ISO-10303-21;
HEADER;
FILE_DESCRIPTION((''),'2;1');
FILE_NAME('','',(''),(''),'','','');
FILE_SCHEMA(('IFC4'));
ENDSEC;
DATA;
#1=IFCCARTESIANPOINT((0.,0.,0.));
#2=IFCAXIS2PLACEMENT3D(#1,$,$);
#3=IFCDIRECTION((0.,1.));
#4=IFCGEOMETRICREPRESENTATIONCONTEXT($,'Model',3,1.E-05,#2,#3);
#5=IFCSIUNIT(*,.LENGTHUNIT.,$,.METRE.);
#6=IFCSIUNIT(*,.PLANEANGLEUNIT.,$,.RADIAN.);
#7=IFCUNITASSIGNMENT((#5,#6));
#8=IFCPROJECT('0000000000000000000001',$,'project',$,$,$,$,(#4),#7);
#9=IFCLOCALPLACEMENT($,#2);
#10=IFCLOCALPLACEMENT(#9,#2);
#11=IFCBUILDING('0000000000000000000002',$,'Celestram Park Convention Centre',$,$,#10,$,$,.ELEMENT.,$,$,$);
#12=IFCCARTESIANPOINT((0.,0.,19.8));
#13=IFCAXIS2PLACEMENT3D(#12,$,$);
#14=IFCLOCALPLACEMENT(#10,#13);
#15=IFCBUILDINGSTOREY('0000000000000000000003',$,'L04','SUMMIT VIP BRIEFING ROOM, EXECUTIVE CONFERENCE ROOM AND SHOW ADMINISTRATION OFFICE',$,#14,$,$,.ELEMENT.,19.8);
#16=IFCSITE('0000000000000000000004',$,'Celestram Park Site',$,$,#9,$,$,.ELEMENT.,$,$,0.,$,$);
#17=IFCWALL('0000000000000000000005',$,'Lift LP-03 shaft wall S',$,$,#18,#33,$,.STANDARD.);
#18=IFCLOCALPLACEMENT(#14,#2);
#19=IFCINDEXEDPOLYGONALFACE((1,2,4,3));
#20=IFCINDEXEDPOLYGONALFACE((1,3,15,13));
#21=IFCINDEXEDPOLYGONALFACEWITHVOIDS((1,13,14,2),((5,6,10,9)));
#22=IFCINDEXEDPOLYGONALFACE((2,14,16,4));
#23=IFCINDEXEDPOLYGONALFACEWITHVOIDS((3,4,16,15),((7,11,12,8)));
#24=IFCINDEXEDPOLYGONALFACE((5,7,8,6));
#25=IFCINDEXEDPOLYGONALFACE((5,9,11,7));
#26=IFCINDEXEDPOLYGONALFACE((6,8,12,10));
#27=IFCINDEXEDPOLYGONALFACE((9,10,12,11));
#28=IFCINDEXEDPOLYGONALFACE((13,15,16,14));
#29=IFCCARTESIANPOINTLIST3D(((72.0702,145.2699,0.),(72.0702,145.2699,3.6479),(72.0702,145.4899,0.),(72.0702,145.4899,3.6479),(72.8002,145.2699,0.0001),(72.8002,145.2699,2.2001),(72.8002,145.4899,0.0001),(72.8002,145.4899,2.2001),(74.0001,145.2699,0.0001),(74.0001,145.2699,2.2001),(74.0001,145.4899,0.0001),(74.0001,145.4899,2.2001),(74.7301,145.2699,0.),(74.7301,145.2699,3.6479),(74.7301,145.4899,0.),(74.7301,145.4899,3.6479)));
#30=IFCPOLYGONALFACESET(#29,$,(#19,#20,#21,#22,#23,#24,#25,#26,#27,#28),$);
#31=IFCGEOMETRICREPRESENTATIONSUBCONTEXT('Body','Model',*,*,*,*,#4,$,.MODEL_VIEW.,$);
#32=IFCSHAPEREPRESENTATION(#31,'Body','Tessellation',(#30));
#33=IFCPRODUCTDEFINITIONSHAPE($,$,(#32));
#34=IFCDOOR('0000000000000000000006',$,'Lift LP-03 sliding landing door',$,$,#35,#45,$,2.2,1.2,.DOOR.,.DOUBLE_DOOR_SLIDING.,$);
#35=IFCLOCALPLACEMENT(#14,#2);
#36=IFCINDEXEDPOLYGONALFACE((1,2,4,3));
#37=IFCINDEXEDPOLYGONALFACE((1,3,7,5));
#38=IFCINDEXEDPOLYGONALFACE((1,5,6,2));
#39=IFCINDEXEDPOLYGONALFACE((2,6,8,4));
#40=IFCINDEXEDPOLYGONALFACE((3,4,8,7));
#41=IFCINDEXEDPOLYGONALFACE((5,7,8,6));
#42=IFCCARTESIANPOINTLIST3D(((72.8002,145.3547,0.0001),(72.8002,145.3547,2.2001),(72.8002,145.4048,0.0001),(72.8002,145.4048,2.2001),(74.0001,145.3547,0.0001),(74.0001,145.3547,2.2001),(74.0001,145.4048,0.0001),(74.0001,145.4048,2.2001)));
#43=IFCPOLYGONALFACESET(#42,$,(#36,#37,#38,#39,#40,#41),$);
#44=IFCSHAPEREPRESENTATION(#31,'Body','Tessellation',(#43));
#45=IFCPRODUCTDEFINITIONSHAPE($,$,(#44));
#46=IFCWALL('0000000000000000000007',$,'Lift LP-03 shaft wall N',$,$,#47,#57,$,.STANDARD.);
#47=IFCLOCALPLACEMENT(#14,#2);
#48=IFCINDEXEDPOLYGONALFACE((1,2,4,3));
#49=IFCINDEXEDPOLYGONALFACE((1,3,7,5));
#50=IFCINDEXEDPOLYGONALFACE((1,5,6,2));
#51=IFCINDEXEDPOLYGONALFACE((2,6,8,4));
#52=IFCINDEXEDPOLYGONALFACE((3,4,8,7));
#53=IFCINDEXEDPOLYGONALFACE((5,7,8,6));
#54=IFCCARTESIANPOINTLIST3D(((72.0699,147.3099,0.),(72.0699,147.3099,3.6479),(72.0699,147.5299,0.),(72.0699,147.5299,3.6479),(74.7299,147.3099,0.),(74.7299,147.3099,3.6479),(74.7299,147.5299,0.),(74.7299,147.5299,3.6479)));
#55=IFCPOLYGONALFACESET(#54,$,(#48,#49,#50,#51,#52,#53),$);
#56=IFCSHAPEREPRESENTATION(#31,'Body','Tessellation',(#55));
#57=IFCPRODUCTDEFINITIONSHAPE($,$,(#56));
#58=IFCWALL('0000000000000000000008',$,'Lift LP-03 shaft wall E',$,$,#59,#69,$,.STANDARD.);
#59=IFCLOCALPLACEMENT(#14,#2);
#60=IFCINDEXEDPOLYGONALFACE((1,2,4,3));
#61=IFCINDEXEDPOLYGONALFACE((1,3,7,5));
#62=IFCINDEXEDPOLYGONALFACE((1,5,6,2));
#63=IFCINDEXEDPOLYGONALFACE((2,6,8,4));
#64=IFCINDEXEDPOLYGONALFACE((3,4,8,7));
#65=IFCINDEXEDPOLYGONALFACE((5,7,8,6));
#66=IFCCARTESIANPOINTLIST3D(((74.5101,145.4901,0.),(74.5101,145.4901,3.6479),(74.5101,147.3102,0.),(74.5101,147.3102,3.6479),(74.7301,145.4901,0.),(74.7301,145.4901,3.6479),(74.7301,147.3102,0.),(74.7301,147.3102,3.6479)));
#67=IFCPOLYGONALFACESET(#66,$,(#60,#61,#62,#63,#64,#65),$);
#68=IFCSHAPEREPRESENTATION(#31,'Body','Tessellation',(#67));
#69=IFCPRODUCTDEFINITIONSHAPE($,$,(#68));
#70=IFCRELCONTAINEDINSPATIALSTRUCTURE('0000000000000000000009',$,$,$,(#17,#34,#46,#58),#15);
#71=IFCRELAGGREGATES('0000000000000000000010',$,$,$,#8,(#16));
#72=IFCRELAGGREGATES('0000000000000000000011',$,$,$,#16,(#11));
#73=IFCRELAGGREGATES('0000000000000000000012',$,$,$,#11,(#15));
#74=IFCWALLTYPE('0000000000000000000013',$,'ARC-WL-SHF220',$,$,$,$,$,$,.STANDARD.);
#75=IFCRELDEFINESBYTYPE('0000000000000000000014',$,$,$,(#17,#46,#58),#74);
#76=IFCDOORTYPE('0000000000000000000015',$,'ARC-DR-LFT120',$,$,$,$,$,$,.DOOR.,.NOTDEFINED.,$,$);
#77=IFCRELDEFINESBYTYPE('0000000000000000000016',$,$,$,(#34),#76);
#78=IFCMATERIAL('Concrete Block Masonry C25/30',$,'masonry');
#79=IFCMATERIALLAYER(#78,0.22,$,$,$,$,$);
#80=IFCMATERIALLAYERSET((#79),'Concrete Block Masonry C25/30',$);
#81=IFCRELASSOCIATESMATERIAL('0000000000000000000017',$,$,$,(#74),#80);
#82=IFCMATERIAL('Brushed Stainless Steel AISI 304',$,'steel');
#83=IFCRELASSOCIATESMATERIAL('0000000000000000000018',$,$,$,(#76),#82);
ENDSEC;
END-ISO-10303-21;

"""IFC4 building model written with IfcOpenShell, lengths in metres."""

from ifc_helpers import new_model, si_unit, direction, frame, frame_2d, origin, place, context, subcontext, project, spatial, rectangle, extrude, material, layer, layer_set, type_object, element, fill, save


model = new_model("IFC4")

# Units and contexts
model_context = context("Model", 3, precision=1e-05, world=origin(), true_north=direction((0.0, 1.0)))
body_context = subcontext(model_context, "Body", "Model", "MODEL_VIEW")
ifc_project = project(units=[si_unit("LENGTHUNIT", "METRE"), si_unit("PLANEANGLEUNIT", "RADIAN")], contexts=[model_context])

# Site, building, storey
site_placement = place(None, origin())
site = spatial("IfcSite", under=ifc_project, at=site_placement, Name="Celestram Park Site", CompositionType="ELEMENT", RefElevation=0.0)
building_placement = place(site_placement, origin())
building = spatial("IfcBuilding", under=site, at=building_placement, Name="Celestram Park Convention Centre", CompositionType="ELEMENT")
storey_placement = place(building_placement, frame((0.0, 0.0, 19.8)))
storey = spatial("IfcBuildingStorey", under=building, at=storey_placement, Name="L04", Description="SUMMIT VIP BRIEFING ROOM, EXECUTIVE CONFERENCE ROOM AND SHOW ADMINISTRATION OFFICE", CompositionType="ELEMENT", Elevation=19.8)

# Wall, opening, door
ifc_material_1 = material(Name="Concrete Block Masonry C25/30", Category="masonry")
ifc_layer_1 = layer(ifc_material_1, 0.22)
ifc_layer_set_1 = layer_set([ifc_layer_1], Name="Concrete Block Masonry C25/30")
wall_type_1 = type_object("IfcWallType", Name="ARC-WL-SHF220", PredefinedType="STANDARD", material=ifc_layer_set_1)
wall_1_placement = place(storey_placement, frame((72.0701, 145.3799, 0.0), z_axis=(0.0, 0.0, 1.0), x_axis=(1.0, 0.0, 0.0)))
wall_1 = element("IfcWall", 1, at=wall_1_placement, inside=storey, type_object=wall_type_1, Name="Lift LP-03 shaft wall S", PredefinedType="STANDARD", context=body_context, shape_type="SweptSolid", body=[
    extrude(rectangle(XDim=2.6599, YDim=0.22, at=frame_2d((1.3301, 0.0))), origin(), (0.0, 0.0, 1.0), 3.6479),
])
opening_1_placement = place(wall_1_placement, frame((0.73, 0.0, 0.0)))
opening_1 = element("IfcOpeningElement", 2, at=opening_1_placement, cuts=wall_1, PredefinedType="OPENING", context=body_context, shape_type="SweptSolid", body=[
    extrude(rectangle(XDim=1.2, YDim=2.2, at=frame_2d((0.6001, 1.1001))), frame((0.0, 0.1199, 0.0), z_axis=(0.0, -1.0, 0.0), x_axis=(1.0, 0.0, 0.0)), (0.0, 0.0, 1.0), 0.24),
])
ifc_material_2 = material(Name="Brushed Stainless Steel AISI 304", Category="steel")
door_type_1 = type_object("IfcDoorType", Name="ARC-DR-LFT120", OperationType="NOTDEFINED", PredefinedType="DOOR", material=ifc_material_2)
door_1_placement = place(opening_1_placement, origin())
door_1 = element("IfcDoor", 3, at=door_1_placement, inside=storey, type_object=door_type_1, Name="Lift LP-03 sliding landing door", OperationType="DOUBLE_DOOR_SLIDING", OverallHeight=2.2, OverallWidth=1.2, PredefinedType="DOOR", context=body_context, shape_type="SweptSolid", body=[
    extrude(rectangle(XDim=1.2, YDim=2.2, at=frame_2d((0.6001, 1.1001))), frame((0.0, 0.0249, 0.0), z_axis=(0.0, -1.0, 0.0), x_axis=(1.0, 0.0, 0.0)), (0.0, 0.0, 1.0), 0.05),
])
fill(opening_1, door_1)

# Walls
wall_2_placement = place(storey_placement, frame((74.73, 147.4199, 0.0), z_axis=(0.0, 0.0, 1.0), x_axis=(-1.0, 0.0, 0.0)))
element("IfcWall", 4, at=wall_2_placement, inside=storey, type_object=wall_type_1, Name="Lift LP-03 shaft wall N", PredefinedType="STANDARD", context=body_context, shape_type="SweptSolid", body=[
    extrude(rectangle(XDim=2.6599, YDim=0.22, at=frame_2d((1.3301, 0.0))), origin(), (0.0, 0.0, 1.0), 3.6479),
])
for number, where, z_axis, x_axis, name in (
    (5, (74.6201, 145.49, 0.0), (0.0, 0.0, 1.0), (0.0, 1.0, 0.0), "Lift LP-03 shaft wall E"),
):
    element("IfcWall", number, at=place(storey_placement, frame(where, z_axis=z_axis, x_axis=x_axis)), inside=storey, type_object=wall_type_1, Name=name, PredefinedType="STANDARD", context=body_context, shape_type="SweptSolid", body=[
        extrude(rectangle(XDim=1.8201, YDim=0.22, at=frame_2d((0.9102, 0.0))), origin(), (0.0, 0.0, 1.0), 3.6479),
    ])

save(model, "model.ifc")
